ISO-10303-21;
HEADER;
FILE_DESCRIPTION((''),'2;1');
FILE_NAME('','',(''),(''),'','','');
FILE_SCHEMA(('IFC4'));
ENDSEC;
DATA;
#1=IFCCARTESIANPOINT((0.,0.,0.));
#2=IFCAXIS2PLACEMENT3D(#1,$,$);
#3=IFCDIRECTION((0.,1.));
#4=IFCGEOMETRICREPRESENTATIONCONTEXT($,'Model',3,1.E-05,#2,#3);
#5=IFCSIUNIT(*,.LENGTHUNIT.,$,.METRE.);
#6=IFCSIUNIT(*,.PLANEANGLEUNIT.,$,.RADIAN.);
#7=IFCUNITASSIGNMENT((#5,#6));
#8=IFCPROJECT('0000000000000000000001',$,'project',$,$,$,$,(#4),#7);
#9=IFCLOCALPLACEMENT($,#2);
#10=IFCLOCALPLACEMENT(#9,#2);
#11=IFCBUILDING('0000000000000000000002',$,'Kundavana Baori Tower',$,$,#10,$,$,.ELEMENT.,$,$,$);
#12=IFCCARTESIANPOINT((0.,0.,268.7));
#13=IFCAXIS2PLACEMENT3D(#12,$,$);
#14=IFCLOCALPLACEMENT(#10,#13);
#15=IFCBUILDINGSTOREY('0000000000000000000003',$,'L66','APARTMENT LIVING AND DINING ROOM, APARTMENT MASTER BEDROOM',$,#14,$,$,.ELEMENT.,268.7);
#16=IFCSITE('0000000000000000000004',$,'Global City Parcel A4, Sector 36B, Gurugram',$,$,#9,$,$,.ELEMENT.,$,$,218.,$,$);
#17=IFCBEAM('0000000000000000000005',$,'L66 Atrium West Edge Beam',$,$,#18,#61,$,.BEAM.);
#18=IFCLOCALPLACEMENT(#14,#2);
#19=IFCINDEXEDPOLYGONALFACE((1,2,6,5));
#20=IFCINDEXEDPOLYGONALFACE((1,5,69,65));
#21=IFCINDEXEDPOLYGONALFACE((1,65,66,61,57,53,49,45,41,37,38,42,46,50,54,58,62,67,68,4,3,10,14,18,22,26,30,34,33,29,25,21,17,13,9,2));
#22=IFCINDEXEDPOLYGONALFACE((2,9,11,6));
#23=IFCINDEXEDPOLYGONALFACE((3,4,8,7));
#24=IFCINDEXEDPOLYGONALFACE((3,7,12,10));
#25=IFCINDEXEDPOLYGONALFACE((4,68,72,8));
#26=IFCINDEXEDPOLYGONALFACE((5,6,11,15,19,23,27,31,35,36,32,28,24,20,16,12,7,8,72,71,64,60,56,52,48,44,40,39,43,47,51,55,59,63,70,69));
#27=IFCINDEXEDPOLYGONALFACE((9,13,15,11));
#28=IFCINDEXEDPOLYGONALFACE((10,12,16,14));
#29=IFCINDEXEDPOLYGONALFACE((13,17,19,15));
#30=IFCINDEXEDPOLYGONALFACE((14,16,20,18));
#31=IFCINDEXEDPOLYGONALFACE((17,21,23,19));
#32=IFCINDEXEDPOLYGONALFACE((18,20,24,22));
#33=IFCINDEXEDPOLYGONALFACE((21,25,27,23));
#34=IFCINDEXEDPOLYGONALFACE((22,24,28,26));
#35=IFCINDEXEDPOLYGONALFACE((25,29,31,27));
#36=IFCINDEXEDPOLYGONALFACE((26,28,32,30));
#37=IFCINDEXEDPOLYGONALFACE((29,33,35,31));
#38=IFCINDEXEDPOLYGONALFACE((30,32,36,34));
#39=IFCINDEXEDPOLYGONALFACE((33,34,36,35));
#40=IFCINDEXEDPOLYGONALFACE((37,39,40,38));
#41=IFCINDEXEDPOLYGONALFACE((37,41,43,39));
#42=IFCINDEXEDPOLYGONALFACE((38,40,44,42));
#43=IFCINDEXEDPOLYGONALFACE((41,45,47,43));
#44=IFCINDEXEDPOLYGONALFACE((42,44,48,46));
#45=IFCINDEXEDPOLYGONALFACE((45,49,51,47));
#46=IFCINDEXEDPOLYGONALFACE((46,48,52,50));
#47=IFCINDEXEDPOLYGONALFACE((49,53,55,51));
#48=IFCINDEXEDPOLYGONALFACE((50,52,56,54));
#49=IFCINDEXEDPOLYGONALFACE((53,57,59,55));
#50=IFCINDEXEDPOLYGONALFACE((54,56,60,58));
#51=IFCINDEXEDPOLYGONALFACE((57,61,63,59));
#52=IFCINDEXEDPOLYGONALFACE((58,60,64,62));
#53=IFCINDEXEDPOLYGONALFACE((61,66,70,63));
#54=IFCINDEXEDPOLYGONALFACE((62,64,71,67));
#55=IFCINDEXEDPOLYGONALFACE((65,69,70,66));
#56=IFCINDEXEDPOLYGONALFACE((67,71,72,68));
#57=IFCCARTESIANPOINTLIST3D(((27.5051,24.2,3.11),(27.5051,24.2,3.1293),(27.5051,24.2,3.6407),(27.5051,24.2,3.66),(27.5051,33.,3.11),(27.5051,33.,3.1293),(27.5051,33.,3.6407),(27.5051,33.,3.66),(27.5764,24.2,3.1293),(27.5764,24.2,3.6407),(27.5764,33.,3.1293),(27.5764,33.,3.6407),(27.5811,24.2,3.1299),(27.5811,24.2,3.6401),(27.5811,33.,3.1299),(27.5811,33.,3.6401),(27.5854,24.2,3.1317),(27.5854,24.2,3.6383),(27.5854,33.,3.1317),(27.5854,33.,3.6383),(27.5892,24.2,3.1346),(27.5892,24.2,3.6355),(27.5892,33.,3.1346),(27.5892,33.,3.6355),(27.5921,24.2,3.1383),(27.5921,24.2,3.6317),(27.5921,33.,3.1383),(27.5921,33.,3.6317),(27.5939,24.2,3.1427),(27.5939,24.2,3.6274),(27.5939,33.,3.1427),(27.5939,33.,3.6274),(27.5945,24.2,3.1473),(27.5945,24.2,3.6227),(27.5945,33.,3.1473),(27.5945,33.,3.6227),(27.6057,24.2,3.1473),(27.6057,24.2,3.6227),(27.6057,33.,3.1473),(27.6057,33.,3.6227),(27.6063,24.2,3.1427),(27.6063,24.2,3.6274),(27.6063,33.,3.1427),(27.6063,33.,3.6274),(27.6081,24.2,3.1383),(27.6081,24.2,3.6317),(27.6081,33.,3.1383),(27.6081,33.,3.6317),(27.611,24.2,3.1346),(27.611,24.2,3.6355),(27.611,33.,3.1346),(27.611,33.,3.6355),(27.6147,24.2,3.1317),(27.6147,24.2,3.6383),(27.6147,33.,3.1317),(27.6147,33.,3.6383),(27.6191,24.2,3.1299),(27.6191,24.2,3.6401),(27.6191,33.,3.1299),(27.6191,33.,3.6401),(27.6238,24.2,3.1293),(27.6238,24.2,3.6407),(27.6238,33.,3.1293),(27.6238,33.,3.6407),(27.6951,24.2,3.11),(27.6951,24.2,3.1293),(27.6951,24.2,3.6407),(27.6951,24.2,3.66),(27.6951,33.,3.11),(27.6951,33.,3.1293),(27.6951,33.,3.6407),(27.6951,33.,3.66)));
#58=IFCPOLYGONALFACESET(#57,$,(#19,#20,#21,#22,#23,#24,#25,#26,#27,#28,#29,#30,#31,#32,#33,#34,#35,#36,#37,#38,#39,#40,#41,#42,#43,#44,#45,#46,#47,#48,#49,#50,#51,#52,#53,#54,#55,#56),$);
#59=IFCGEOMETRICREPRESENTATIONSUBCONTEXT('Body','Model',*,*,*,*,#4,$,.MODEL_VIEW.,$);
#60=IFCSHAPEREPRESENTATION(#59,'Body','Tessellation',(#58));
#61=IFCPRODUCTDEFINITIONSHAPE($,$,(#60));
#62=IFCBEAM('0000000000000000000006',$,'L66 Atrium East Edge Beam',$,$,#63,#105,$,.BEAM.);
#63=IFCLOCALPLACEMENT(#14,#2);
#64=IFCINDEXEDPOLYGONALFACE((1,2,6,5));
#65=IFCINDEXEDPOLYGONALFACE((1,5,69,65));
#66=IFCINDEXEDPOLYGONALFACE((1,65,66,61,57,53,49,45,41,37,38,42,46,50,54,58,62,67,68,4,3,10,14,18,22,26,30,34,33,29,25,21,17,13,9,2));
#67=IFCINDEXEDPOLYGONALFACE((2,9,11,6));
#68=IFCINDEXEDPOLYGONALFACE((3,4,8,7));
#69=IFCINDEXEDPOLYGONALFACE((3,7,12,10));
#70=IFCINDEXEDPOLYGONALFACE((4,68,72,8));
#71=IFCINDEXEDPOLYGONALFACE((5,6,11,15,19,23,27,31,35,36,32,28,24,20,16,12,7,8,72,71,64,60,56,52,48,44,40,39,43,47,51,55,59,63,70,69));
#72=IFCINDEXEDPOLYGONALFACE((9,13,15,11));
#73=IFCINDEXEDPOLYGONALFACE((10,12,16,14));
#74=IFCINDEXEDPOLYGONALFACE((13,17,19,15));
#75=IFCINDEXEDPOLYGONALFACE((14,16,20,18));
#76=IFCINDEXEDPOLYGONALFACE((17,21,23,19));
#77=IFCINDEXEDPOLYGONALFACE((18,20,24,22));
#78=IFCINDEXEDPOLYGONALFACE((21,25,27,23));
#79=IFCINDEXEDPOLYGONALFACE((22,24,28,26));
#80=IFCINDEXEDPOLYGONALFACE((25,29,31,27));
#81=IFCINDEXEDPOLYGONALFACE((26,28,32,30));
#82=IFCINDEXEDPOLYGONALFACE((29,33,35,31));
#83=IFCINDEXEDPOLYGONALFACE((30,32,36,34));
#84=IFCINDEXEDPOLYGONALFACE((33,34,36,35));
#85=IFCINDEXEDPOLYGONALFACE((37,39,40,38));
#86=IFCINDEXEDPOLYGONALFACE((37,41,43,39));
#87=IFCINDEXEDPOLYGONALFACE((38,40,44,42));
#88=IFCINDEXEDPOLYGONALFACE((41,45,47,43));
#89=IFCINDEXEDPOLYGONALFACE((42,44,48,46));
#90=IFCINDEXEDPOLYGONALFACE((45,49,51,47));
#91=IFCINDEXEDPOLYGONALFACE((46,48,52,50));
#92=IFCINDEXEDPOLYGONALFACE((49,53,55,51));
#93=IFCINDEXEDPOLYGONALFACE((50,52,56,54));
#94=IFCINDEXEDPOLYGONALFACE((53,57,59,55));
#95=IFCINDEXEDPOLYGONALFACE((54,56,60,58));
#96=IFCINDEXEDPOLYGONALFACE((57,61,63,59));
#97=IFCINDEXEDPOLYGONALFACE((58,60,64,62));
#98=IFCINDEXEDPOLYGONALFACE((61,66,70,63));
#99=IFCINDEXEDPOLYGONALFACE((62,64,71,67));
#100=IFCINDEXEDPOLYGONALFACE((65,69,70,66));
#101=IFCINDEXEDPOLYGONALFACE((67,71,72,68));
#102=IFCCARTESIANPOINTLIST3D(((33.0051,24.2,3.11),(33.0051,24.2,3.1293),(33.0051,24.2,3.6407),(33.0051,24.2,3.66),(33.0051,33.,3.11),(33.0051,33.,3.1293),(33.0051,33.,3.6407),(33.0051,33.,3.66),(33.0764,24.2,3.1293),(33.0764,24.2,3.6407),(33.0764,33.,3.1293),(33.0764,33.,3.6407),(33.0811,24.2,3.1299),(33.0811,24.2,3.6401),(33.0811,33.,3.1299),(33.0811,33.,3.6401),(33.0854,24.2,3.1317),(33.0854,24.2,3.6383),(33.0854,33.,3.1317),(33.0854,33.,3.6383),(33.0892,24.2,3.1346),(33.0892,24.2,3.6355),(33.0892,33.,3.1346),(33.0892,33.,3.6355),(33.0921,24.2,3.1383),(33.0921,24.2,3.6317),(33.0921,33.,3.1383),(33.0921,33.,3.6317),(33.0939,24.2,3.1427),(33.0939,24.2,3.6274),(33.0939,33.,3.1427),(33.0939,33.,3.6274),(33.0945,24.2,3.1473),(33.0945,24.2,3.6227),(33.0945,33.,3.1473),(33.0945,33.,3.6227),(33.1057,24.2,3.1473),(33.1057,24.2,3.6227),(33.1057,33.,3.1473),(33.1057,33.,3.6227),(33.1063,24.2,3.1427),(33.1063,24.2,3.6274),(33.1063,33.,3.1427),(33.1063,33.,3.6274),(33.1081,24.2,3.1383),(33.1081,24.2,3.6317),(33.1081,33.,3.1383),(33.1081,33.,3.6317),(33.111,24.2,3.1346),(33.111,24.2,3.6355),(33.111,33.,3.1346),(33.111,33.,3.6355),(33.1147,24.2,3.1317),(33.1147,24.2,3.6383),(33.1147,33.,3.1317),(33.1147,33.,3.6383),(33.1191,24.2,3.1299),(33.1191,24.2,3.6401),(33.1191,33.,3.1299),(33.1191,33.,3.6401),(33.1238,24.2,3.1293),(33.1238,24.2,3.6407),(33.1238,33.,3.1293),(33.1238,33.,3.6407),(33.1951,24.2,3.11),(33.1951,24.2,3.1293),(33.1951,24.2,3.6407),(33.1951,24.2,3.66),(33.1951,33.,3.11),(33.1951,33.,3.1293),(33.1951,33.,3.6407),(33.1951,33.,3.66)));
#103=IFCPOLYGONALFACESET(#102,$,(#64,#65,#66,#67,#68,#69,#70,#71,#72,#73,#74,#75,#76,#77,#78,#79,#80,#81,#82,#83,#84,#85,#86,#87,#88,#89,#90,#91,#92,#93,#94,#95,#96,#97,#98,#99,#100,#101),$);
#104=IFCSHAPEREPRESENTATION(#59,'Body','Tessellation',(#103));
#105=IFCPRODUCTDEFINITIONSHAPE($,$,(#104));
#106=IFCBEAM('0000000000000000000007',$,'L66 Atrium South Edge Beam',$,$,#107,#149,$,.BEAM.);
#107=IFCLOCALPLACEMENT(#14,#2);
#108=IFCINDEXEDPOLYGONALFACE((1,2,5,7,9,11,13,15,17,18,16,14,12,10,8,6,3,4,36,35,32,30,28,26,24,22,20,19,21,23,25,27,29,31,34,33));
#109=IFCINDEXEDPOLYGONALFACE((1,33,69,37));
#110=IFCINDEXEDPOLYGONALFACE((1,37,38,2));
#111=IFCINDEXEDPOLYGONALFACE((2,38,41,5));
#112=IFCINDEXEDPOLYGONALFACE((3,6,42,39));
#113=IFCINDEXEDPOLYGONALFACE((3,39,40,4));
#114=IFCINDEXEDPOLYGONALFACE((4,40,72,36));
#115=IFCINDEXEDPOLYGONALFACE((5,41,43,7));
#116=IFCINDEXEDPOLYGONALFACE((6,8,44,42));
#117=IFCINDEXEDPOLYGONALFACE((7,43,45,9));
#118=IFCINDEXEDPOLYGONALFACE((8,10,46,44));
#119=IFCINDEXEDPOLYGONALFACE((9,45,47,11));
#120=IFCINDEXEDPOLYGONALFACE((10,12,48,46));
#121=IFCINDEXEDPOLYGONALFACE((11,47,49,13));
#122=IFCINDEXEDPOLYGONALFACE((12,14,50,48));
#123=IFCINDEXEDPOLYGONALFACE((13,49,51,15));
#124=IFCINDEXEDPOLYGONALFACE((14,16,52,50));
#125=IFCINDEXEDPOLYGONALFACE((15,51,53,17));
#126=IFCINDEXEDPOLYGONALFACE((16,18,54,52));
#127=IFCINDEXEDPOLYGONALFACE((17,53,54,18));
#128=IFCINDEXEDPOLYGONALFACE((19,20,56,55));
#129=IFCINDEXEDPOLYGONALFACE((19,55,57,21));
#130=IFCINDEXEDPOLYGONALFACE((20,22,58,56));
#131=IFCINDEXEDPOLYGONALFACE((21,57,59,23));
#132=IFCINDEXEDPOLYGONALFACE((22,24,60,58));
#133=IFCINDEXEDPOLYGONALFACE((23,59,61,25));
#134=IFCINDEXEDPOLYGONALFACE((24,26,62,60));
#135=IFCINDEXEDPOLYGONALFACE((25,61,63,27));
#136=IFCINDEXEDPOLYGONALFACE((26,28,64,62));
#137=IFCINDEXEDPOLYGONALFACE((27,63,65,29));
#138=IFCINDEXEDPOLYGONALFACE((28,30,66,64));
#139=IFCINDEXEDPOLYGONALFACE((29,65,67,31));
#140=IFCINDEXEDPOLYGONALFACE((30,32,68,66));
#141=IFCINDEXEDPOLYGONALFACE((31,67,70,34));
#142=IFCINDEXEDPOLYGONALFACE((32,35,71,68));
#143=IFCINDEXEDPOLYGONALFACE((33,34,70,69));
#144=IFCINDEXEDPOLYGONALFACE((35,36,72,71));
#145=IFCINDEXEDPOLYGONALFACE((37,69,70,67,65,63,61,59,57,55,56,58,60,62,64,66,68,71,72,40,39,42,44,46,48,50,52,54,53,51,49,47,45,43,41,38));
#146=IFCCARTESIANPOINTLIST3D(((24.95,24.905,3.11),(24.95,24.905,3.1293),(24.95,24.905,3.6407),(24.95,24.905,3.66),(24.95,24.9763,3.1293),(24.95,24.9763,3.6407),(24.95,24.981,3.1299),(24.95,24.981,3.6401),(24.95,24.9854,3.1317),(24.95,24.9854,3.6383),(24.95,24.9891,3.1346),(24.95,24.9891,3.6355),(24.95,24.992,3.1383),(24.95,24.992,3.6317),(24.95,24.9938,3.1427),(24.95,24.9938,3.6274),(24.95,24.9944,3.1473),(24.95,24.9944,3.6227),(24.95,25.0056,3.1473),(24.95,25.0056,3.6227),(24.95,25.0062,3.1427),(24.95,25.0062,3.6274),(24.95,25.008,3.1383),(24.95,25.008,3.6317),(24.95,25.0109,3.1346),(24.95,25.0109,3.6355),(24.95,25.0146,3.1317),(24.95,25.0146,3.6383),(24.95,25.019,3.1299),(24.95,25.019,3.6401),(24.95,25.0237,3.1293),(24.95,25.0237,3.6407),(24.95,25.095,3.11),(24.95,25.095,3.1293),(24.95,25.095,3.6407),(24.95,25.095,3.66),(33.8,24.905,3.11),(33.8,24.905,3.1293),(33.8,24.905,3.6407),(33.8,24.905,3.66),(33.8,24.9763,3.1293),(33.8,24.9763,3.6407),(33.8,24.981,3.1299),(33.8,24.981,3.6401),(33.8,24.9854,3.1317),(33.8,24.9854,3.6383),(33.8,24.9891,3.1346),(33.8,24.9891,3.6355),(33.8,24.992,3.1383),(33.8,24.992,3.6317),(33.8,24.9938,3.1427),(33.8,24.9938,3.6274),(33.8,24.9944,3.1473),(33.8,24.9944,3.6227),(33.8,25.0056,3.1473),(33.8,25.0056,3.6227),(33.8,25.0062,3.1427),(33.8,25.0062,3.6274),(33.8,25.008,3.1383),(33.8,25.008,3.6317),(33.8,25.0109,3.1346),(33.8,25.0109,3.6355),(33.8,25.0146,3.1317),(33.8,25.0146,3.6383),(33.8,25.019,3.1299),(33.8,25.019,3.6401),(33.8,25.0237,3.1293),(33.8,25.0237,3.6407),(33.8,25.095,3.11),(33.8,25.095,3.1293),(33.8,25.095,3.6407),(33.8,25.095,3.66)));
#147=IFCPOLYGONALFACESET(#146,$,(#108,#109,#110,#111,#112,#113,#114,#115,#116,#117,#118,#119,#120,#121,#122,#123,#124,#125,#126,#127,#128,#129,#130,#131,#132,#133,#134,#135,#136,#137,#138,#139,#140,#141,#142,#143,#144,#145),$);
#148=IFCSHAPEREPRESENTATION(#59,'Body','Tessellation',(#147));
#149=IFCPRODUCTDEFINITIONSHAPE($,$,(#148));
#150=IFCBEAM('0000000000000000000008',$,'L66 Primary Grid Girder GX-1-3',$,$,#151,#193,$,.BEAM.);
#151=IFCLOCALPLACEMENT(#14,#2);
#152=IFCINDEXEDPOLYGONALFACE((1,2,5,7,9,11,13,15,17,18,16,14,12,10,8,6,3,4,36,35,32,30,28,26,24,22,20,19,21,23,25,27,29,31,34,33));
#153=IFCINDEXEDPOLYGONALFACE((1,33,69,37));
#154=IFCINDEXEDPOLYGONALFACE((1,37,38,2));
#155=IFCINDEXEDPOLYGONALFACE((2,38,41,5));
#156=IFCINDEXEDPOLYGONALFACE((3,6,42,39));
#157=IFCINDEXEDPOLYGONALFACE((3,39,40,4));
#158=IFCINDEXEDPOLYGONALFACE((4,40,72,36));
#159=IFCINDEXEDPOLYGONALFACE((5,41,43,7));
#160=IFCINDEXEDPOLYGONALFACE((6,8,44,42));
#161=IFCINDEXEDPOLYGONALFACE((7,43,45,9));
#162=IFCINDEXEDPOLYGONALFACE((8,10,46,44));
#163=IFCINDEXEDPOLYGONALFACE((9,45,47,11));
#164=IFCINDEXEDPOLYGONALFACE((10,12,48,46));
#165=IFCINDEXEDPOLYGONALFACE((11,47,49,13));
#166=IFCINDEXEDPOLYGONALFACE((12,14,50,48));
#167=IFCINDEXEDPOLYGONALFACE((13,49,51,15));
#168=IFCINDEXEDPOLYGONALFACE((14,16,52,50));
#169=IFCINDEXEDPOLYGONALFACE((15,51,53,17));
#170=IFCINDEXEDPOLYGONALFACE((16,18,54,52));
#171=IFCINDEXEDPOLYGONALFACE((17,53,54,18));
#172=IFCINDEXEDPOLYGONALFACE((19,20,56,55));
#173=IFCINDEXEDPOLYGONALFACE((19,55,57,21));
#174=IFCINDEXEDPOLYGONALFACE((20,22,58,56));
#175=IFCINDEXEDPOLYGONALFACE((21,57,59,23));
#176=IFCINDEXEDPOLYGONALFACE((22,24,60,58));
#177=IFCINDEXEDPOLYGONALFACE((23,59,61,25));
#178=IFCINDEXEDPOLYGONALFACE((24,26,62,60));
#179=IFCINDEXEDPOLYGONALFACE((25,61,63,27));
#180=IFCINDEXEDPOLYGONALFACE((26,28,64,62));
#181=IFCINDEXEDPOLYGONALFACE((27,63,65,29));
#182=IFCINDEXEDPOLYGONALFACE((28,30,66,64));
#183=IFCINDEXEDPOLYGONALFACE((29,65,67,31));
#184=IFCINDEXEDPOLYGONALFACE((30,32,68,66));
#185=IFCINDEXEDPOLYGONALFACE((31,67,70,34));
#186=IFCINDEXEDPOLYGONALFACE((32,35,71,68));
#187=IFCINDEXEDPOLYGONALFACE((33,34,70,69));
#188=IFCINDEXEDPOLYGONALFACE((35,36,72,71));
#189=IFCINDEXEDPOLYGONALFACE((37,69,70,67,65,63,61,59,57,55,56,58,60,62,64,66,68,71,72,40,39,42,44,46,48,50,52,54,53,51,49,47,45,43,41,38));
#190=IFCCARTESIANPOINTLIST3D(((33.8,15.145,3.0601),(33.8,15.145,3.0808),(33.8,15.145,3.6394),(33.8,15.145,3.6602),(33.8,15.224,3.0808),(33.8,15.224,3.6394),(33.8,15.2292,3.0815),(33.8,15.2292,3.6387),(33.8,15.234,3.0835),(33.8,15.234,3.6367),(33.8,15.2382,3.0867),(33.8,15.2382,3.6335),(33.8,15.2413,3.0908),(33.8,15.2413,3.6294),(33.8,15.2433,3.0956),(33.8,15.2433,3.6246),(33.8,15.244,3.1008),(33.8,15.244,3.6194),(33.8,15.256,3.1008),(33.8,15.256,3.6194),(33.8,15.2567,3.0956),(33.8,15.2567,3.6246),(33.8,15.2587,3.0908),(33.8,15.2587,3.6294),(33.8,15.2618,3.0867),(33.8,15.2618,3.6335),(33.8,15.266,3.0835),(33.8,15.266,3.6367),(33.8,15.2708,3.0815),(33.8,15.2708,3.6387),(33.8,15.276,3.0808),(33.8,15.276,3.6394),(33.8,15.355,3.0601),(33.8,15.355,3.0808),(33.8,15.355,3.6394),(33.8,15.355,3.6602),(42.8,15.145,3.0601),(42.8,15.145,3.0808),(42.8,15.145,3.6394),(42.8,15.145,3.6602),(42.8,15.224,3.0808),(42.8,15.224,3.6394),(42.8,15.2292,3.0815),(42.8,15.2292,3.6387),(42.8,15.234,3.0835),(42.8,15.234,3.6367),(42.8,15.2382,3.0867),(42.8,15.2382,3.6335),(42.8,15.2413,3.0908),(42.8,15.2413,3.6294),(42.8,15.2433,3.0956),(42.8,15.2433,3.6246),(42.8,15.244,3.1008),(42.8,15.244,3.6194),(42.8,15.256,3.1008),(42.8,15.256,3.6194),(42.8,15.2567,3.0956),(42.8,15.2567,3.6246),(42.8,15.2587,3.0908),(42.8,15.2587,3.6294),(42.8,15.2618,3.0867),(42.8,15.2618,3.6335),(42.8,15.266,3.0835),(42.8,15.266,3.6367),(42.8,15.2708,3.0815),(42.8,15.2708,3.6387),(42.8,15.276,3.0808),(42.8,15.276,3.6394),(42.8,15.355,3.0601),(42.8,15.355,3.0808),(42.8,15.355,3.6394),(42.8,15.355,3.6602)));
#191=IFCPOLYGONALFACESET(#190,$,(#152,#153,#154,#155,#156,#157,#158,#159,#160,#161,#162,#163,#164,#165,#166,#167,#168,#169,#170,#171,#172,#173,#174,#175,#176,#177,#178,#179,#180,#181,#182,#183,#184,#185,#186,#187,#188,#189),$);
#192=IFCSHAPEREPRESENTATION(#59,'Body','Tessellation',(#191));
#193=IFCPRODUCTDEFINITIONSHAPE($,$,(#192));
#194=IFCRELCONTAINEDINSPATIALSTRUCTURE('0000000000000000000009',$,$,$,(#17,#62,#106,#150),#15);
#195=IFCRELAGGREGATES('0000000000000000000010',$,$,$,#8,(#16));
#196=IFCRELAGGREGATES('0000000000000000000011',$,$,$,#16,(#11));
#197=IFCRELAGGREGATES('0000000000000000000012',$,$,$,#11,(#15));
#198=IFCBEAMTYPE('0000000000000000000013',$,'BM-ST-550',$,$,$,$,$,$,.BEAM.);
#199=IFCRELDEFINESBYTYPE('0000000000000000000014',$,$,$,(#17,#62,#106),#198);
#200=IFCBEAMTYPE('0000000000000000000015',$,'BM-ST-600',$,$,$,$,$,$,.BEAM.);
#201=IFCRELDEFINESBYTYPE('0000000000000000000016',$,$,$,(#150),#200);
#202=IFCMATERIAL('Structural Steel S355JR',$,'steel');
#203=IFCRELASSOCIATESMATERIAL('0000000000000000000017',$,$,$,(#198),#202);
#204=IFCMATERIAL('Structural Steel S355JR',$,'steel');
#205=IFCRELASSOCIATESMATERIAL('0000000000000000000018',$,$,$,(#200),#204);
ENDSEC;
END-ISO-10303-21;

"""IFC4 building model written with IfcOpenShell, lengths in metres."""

from ifc_helpers import new_model, si_unit, direction, frame, origin, origin_2d, place, context, subcontext, project, spatial, i_section, extrude, material, material_profile, profile_set, type_object, element, save


model = new_model("IFC4")

# Units and contexts
model_context = context("Model", 3, precision=1e-05, world=origin(), true_north=direction((0.0, 1.0)))
body_context = subcontext(model_context, "Body", "Model", "MODEL_VIEW")
ifc_project = project(units=[si_unit("LENGTHUNIT", "METRE"), si_unit("PLANEANGLEUNIT", "RADIAN")], contexts=[model_context])

# Site, building, storey
site_placement = place(None, origin())
site = spatial("IfcSite", under=ifc_project, at=site_placement, Name="Global City Parcel A4, Sector 36B, Gurugram", CompositionType="ELEMENT", RefElevation=218.0)
building_placement = place(site_placement, origin())
building = spatial("IfcBuilding", under=site, at=building_placement, Name="Kundavana Baori Tower", CompositionType="ELEMENT")
storey_placement = place(building_placement, frame((0.0, 0.0, 268.7)))
storey = spatial("IfcBuildingStorey", under=building, at=storey_placement, Name="L66", Description="APARTMENT LIVING AND DINING ROOM, APARTMENT MASTER BEDROOM", CompositionType="ELEMENT", Elevation=268.7)

# Beams
ifc_material_1 = material(Name="Structural Steel S355JR", Category="steel")
ifc_material_profile_1 = material_profile(ifc_material_1, i_section(OverallWidth=0.1899, OverallDepth=0.55, WebThickness=0.0112, FlangeThickness=0.0193, FilletRadius=0.0181, at=origin_2d()), Name="ISMB 550")
ifc_profile_set_1 = profile_set([ifc_material_profile_1], Name="Structural Steel S355JR")
beam_type_1 = type_object("IfcBeamType", Name="BM-ST-550", PredefinedType="BEAM", material=ifc_profile_set_1)
for number, where, z_axis, x_axis, name in (
    (1, (27.6001, 24.2, 3.385), (0.0, 1.0, 0.0), (-1.0, 0.0, 0.0), "L66 Atrium West Edge Beam"),
    (2, (33.1001, 24.2, 3.385), (0.0, 1.0, 0.0), (-1.0, 0.0, 0.0), "L66 Atrium East Edge Beam"),
):
    element("IfcBeam", number, at=place(storey_placement, frame(where, z_axis=z_axis, x_axis=x_axis)), inside=storey, type_object=beam_type_1, Name=name, PredefinedType="BEAM", context=body_context, shape_type="SweptSolid", body=[
        extrude(i_section(OverallWidth=0.1899, OverallDepth=0.55, WebThickness=0.0112, FlangeThickness=0.0193, FilletRadius=0.0181, at=origin_2d()), origin(), (0.0, 0.0, 1.0), 8.8),
    ])
beam_1_placement = place(storey_placement, frame((24.95, 25.0, 3.385), z_axis=(1.0, 0.0, 0.0), x_axis=(0.0, 1.0, 0.0)))
element("IfcBeam", 3, at=beam_1_placement, inside=storey, type_object=beam_type_1, Name="L66 Atrium South Edge Beam", PredefinedType="BEAM", context=body_context, shape_type="SweptSolid", body=[
    extrude(i_section(OverallWidth=0.1899, OverallDepth=0.55, WebThickness=0.0112, FlangeThickness=0.0193, FilletRadius=0.0181, at=origin_2d()), origin(), (0.0, 0.0, 1.0), 8.8501),
])
ifc_material_2 = material(Name="Structural Steel S355JR", Category="steel")
ifc_material_profile_2 = material_profile(ifc_material_2, i_section(OverallWidth=0.21, OverallDepth=0.6001, WebThickness=0.012, FlangeThickness=0.0208, FilletRadius=0.02, at=origin_2d()), Name="ISMB 600")
ifc_profile_set_2 = profile_set([ifc_material_profile_2], Name="Structural Steel S355JR")
beam_type_2 = type_object("IfcBeamType", Name="BM-ST-600", PredefinedType="BEAM", material=ifc_profile_set_2)
beam_2_placement = place(storey_placement, frame((33.8, 15.25, 3.3601), z_axis=(1.0, 0.0, 0.0), x_axis=(0.0, 1.0, 0.0)))
element("IfcBeam", 4, at=beam_2_placement, inside=storey, type_object=beam_type_2, Name="L66 Primary Grid Girder GX-1-3", PredefinedType="BEAM", context=body_context, shape_type="SweptSolid", body=[
    extrude(i_section(OverallWidth=0.21, OverallDepth=0.6001, WebThickness=0.012, FlangeThickness=0.0208, FilletRadius=0.02, at=origin_2d()), origin(), (0.0, 0.0, 1.0), 9.0),
])

save(model, "model.ifc")
